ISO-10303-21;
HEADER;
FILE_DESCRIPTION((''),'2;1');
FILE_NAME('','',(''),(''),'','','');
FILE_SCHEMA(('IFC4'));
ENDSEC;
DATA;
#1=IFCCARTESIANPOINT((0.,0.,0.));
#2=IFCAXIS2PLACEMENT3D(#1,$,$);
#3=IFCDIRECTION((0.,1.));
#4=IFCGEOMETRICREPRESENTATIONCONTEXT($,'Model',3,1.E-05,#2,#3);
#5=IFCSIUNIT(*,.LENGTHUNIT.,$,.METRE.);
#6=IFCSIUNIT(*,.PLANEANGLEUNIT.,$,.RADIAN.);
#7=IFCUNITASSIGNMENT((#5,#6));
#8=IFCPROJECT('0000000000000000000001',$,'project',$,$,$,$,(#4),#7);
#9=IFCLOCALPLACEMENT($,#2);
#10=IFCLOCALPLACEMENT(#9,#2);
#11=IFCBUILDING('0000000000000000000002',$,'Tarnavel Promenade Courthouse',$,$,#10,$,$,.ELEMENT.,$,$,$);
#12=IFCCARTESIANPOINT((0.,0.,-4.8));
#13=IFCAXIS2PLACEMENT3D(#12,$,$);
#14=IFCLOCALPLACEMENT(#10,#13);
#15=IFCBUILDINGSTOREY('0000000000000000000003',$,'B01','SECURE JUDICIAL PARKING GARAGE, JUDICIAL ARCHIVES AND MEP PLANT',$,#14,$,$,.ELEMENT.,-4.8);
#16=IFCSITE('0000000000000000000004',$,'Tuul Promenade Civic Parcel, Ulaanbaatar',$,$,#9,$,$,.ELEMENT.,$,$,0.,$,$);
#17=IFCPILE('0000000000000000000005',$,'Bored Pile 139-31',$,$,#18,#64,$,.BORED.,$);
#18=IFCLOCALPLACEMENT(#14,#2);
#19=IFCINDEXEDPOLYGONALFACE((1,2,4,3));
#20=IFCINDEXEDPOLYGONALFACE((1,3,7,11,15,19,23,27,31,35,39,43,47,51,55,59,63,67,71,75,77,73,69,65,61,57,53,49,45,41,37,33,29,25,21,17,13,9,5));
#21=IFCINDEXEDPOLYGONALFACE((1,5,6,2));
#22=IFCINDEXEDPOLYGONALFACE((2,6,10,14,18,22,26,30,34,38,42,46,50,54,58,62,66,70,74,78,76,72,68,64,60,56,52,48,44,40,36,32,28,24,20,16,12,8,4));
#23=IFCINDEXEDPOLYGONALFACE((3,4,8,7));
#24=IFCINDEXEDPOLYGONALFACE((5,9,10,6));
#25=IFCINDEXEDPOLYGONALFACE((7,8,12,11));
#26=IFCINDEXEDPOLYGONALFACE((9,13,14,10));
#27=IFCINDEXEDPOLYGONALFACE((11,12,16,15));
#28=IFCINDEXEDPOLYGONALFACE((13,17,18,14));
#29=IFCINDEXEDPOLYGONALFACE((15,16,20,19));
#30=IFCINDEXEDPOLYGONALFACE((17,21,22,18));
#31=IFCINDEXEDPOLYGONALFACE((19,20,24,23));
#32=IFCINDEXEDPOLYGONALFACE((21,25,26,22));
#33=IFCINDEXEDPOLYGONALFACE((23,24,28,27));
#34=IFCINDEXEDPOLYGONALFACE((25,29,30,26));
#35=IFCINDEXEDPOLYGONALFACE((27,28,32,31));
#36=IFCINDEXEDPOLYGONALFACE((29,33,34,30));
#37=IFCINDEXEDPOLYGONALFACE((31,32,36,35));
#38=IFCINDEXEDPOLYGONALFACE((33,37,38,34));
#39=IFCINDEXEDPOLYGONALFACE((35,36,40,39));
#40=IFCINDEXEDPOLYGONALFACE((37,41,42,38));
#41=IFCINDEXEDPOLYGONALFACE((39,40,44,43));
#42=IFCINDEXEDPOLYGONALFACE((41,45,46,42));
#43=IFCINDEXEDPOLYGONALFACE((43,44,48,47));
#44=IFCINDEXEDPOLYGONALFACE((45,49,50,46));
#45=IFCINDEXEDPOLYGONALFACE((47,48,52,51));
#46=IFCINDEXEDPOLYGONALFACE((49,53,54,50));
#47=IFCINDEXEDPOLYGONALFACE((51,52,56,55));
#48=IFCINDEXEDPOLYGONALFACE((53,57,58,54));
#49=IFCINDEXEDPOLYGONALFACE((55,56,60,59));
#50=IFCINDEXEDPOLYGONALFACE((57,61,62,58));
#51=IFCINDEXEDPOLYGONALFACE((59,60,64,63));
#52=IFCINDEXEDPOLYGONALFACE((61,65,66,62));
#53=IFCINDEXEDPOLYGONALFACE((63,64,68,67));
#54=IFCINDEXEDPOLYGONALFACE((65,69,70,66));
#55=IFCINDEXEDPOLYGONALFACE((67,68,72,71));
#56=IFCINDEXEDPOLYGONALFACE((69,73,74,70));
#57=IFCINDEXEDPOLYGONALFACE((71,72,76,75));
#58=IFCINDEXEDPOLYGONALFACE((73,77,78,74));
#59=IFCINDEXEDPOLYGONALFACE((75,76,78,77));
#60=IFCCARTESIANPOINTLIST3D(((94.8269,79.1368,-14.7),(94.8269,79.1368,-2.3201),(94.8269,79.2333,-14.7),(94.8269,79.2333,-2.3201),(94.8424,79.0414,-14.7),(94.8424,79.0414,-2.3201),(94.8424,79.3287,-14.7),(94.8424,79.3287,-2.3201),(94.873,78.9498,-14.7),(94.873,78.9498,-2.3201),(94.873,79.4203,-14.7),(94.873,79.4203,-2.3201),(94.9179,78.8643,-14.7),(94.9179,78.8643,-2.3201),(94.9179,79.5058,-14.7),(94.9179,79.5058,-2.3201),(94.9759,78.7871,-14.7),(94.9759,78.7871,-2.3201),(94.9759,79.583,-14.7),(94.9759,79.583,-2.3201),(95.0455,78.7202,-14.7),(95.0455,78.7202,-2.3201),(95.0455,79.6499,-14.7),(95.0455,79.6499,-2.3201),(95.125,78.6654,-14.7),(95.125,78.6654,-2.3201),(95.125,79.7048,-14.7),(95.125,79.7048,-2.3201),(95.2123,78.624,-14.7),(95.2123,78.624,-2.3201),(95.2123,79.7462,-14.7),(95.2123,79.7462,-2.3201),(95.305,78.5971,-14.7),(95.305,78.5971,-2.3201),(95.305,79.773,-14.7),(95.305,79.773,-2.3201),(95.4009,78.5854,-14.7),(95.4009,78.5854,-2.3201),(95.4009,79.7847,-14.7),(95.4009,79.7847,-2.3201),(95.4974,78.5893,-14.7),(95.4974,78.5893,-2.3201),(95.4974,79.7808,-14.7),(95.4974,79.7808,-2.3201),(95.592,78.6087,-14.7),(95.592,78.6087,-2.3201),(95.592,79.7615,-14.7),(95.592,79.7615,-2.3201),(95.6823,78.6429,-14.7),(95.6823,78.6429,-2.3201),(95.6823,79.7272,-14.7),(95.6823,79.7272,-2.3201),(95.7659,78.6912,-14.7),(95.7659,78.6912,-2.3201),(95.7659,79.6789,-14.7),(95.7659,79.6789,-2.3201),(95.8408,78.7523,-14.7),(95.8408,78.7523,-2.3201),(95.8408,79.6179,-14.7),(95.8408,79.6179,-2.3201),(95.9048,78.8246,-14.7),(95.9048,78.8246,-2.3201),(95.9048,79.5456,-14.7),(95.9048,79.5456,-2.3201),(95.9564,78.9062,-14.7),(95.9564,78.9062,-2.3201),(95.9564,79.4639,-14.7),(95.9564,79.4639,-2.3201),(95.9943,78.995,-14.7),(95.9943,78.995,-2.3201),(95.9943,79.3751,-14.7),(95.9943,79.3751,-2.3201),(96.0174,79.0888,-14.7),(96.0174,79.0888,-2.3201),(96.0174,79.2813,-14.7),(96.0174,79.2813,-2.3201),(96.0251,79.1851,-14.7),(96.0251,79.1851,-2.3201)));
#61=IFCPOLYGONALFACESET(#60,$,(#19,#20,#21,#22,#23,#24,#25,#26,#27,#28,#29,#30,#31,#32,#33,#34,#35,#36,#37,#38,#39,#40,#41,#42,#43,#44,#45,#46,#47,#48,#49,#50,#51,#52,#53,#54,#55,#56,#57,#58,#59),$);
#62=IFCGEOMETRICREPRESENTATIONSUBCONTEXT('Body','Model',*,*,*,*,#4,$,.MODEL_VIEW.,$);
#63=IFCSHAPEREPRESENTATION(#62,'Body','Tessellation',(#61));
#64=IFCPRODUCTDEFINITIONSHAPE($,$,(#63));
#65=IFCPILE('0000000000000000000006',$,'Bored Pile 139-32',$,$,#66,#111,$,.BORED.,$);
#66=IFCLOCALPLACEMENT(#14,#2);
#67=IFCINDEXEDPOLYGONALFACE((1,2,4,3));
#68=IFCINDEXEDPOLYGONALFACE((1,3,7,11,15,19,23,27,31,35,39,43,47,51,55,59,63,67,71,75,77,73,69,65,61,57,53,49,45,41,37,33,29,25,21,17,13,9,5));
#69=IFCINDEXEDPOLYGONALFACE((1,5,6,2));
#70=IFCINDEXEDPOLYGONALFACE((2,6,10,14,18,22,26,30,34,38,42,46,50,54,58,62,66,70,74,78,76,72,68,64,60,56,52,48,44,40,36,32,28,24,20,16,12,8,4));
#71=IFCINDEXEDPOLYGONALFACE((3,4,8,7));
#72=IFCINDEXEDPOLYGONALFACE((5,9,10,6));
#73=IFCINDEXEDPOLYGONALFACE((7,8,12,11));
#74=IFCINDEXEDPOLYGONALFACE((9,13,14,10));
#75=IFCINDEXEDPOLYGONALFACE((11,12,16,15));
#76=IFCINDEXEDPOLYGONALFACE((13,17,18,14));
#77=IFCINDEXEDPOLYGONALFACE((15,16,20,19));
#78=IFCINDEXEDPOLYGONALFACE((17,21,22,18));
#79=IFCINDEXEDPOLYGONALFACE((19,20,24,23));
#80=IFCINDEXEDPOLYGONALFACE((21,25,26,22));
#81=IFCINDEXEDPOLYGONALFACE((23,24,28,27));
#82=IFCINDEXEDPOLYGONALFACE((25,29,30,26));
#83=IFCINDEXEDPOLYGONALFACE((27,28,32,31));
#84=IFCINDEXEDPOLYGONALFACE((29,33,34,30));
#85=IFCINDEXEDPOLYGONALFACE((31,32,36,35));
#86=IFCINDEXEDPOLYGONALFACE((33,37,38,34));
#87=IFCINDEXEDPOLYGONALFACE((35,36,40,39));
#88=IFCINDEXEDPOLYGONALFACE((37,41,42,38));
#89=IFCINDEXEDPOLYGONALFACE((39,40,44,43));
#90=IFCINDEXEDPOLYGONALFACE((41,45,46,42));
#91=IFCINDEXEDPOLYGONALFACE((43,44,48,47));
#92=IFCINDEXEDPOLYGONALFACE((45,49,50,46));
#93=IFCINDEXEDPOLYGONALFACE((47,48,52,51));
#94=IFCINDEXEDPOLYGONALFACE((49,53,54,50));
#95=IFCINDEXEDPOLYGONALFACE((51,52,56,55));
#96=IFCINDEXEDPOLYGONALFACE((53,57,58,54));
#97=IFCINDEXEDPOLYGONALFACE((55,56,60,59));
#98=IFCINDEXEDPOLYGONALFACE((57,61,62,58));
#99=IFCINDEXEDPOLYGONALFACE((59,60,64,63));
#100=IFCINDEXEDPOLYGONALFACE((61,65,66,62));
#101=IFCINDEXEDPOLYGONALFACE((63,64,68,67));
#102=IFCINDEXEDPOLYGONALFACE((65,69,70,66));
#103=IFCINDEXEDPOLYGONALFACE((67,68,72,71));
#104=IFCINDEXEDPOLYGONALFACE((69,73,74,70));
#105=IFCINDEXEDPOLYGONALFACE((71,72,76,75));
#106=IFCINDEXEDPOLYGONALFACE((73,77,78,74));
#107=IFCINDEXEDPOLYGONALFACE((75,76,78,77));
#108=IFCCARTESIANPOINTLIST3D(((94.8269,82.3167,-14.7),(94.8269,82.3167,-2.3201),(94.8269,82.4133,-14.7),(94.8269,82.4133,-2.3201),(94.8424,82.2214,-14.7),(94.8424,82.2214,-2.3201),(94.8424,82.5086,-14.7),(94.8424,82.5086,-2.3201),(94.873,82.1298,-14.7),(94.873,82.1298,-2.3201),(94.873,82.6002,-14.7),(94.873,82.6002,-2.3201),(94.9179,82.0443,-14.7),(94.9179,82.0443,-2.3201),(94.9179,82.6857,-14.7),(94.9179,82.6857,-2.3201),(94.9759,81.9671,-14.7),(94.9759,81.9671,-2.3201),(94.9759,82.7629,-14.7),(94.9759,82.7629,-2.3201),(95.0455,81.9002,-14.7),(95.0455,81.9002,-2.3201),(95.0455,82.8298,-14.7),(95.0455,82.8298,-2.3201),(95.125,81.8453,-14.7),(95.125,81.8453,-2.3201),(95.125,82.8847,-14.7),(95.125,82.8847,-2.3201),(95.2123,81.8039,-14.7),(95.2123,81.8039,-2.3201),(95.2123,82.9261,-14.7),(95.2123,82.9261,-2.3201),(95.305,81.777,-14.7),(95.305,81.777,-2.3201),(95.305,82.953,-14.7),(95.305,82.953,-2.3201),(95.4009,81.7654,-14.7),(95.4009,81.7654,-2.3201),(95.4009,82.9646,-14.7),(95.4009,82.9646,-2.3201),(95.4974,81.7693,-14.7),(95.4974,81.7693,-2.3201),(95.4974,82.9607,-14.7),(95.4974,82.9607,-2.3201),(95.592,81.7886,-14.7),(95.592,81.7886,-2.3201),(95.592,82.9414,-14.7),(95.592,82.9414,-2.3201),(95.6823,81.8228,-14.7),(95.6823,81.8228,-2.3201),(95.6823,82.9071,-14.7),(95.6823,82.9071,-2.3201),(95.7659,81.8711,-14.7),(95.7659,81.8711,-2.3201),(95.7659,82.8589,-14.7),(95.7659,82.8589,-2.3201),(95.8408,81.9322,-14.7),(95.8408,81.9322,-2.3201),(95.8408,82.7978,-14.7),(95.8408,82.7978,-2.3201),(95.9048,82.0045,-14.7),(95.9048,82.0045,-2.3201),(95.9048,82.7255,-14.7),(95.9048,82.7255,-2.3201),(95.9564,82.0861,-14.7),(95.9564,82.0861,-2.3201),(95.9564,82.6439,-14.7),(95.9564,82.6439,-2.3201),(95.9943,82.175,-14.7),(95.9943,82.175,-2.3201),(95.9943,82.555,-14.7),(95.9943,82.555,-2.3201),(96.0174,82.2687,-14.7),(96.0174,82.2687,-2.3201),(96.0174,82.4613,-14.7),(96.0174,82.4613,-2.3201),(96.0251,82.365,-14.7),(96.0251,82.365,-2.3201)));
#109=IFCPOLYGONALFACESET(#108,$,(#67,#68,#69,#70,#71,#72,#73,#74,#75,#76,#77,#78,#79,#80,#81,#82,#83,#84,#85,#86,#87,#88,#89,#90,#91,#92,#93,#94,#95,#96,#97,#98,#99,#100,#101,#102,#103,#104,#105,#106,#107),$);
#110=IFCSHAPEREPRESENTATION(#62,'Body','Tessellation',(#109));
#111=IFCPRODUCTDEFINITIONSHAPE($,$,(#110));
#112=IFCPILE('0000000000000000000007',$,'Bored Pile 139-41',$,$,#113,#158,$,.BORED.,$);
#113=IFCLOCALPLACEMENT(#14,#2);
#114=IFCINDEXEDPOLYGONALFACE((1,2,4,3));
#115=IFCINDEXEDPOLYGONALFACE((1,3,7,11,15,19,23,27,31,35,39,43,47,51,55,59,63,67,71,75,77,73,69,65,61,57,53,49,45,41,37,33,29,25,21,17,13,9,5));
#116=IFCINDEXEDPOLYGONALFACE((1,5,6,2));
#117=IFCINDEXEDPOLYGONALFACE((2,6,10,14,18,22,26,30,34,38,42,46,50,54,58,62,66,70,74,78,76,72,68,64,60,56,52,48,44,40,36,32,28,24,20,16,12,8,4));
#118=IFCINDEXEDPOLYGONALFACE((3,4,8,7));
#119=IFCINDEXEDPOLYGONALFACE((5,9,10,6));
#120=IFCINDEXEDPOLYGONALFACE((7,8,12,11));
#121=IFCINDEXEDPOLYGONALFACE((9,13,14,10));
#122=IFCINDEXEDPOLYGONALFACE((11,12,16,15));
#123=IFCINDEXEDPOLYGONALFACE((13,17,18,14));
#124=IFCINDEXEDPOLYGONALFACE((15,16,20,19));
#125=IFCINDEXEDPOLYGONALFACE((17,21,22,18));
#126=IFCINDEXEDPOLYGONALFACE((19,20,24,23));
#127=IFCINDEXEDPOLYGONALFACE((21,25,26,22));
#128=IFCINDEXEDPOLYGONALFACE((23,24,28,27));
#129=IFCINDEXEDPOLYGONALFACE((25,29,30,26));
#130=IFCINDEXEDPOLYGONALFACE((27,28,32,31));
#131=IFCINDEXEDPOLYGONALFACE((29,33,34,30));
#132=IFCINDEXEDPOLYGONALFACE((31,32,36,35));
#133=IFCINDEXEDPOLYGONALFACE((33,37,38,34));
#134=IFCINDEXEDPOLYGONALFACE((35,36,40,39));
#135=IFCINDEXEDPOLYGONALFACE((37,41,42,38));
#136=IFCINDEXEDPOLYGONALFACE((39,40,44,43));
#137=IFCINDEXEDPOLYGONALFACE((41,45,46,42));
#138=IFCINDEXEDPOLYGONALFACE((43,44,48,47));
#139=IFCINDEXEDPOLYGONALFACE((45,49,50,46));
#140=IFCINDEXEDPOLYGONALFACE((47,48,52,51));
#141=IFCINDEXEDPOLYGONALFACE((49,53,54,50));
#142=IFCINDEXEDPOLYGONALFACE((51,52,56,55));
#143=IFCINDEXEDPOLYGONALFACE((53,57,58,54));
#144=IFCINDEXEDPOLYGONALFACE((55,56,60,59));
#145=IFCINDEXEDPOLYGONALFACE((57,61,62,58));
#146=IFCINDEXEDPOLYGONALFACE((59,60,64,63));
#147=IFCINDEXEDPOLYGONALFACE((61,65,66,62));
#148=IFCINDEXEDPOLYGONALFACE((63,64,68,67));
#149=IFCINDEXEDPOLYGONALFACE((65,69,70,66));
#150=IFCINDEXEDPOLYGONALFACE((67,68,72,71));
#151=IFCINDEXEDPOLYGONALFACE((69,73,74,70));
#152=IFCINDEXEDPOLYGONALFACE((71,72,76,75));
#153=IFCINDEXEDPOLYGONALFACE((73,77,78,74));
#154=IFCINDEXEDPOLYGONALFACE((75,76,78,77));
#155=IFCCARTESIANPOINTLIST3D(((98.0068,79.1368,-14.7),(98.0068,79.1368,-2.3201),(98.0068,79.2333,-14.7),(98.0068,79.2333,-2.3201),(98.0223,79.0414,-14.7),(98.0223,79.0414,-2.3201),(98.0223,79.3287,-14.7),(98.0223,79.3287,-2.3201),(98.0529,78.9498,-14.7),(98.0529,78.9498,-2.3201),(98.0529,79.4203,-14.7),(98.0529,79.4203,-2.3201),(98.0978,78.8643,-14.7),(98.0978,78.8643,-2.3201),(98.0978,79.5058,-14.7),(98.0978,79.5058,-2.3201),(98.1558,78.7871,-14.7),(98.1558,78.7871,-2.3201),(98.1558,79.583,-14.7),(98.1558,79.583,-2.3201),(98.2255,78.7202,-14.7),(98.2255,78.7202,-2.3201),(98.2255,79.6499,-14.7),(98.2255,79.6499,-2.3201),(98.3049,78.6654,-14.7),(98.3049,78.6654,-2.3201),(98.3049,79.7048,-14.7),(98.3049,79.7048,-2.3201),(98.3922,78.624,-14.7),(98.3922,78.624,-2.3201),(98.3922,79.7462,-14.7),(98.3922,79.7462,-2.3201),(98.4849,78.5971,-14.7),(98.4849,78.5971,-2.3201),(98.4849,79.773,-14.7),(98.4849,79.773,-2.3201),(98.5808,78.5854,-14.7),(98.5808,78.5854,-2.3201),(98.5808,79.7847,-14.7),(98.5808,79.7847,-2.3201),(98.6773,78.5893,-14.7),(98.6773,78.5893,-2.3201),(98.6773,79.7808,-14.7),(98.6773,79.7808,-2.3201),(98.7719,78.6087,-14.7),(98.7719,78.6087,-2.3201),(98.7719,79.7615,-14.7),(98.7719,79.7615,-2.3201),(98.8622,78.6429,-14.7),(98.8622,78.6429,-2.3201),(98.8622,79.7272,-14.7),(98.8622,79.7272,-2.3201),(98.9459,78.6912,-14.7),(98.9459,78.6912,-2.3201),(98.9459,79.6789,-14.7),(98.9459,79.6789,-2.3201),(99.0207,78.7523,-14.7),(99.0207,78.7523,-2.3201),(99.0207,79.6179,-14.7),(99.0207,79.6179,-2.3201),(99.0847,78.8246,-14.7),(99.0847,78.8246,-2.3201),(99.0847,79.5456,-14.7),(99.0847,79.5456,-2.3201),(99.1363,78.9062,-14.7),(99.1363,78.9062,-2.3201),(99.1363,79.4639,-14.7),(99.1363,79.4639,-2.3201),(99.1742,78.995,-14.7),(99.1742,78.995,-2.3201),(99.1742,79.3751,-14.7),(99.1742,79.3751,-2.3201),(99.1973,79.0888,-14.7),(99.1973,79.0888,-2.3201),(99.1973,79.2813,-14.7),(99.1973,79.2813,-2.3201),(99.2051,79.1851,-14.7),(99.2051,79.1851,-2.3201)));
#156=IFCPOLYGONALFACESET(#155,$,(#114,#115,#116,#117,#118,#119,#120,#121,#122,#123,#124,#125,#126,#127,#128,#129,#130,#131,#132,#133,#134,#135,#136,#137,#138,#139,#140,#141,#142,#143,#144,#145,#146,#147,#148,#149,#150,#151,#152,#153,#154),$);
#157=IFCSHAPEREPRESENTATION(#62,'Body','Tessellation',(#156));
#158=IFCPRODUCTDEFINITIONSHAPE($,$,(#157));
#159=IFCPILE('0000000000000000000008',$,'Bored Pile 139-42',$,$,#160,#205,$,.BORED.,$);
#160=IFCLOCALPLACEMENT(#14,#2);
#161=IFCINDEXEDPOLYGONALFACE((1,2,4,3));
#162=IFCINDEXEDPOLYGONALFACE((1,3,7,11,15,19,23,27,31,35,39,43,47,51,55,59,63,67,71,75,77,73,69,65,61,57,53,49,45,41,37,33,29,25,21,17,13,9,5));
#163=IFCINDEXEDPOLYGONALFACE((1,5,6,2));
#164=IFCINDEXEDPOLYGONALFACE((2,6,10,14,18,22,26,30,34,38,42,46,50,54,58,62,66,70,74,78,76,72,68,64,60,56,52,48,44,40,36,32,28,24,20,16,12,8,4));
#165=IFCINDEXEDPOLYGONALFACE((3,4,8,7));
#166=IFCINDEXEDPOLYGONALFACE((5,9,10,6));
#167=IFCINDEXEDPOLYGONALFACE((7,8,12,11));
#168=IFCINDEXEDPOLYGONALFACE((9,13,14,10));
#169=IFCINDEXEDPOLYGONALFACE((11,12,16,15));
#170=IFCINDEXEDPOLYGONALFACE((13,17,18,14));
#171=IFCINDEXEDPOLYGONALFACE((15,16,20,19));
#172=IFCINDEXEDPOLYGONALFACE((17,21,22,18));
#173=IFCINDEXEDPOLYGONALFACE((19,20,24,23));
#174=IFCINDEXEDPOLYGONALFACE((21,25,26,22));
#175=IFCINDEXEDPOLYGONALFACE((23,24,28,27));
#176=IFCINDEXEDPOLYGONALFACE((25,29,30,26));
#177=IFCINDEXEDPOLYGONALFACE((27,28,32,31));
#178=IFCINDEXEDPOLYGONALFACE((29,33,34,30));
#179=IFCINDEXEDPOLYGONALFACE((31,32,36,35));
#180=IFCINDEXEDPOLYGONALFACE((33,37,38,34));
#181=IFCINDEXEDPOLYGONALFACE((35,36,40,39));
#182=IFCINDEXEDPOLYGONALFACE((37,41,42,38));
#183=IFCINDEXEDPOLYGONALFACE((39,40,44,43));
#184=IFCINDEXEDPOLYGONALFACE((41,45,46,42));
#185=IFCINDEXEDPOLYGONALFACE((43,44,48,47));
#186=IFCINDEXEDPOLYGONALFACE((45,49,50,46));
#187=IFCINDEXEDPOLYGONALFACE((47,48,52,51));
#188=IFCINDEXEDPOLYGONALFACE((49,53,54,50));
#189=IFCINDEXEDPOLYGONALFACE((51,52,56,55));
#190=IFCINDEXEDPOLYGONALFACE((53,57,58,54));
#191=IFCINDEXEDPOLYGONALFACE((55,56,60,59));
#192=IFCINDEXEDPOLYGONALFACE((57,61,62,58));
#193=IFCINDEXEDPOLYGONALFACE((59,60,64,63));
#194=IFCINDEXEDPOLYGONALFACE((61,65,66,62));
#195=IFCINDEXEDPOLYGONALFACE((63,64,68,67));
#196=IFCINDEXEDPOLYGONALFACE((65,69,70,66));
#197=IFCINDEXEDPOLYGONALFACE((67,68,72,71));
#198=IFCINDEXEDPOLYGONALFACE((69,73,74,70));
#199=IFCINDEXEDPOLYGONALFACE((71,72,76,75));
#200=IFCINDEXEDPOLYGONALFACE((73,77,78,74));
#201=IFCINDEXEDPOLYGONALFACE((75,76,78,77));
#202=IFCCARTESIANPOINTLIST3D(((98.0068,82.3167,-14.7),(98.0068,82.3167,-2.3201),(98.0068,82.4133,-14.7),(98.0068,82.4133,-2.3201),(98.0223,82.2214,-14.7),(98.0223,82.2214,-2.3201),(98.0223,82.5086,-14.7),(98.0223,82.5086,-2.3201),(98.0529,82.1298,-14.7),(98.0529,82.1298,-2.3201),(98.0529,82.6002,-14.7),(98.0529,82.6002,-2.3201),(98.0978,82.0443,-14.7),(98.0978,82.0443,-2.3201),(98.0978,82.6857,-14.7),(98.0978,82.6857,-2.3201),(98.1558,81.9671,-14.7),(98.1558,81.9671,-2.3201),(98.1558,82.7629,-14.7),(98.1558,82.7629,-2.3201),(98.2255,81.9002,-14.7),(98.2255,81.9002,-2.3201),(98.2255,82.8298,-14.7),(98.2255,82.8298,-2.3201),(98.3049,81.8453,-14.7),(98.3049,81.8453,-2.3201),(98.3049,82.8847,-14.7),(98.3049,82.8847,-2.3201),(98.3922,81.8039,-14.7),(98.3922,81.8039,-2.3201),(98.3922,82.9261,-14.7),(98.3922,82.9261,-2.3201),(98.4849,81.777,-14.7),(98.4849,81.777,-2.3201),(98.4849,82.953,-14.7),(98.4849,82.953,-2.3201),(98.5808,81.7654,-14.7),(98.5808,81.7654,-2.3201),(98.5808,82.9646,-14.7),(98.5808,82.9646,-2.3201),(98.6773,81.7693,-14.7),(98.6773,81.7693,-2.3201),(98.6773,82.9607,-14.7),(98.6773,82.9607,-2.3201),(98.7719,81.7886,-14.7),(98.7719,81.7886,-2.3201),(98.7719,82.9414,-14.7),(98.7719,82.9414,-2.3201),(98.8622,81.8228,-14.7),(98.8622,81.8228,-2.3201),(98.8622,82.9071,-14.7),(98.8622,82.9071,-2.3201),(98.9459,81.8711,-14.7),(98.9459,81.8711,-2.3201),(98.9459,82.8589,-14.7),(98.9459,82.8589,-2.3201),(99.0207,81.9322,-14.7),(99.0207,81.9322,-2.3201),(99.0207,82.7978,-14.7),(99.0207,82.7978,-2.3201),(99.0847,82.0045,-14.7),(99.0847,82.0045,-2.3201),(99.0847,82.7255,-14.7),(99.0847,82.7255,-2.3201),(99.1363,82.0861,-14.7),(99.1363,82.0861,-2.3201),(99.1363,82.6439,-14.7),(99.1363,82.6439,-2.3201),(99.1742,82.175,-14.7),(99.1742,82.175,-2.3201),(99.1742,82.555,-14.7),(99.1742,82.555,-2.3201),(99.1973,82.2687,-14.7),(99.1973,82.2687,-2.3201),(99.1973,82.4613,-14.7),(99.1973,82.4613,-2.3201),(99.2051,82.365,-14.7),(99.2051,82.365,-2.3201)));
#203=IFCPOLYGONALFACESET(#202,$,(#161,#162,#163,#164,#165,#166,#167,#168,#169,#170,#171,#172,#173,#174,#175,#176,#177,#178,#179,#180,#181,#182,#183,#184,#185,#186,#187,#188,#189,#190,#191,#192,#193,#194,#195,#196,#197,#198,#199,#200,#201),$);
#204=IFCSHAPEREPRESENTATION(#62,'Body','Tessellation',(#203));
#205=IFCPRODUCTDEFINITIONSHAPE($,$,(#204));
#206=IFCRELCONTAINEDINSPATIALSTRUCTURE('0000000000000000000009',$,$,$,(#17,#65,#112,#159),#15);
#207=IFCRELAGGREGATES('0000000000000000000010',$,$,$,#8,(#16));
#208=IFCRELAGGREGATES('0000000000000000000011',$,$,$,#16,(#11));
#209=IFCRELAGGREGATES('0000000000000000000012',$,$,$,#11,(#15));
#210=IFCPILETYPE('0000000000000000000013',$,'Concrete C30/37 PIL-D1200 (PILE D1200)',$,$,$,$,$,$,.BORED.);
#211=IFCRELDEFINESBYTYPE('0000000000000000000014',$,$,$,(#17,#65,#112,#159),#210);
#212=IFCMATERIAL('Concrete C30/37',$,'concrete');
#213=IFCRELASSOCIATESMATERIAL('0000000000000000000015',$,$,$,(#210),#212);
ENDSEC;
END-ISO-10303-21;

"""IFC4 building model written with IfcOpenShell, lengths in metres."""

from ifc_helpers import new_model, si_unit, direction, frame, origin, origin_2d, place, context, subcontext, project, spatial, circle, extrude, material, material_profile, profile_set, type_object, element, save


model = new_model("IFC4")

# Units and contexts
model_context = context("Model", 3, precision=1e-05, world=origin(), true_north=direction((0.0, 1.0)))
body_context = subcontext(model_context, "Body", "Model", "MODEL_VIEW")
ifc_project = project(units=[si_unit("LENGTHUNIT", "METRE"), si_unit("PLANEANGLEUNIT", "RADIAN")], contexts=[model_context])

# Site, building, storey
site_placement = place(None, origin())
site = spatial("IfcSite", under=ifc_project, at=site_placement, Name="Tuul Promenade Civic Parcel, Ulaanbaatar", CompositionType="ELEMENT", RefElevation=0.0)
building_placement = place(site_placement, origin())
building = spatial("IfcBuilding", under=site, at=building_placement, Name="Tarnavel Promenade Courthouse", CompositionType="ELEMENT")
storey_placement = place(building_placement, frame((0.0, 0.0, -4.8)))
storey = spatial("IfcBuildingStorey", under=building, at=storey_placement, Name="B01", Description="SECURE JUDICIAL PARKING GARAGE, JUDICIAL ARCHIVES AND MEP PLANT", CompositionType="ELEMENT", Elevation=-4.8)

# Piles
ifc_material_1 = material(Name="Concrete C30/37", Category="concrete")
ifc_material_profile_1 = material_profile(ifc_material_1, circle(Radius=0.6001, at=origin_2d()), Name="PILE D1200")
ifc_profile_set_1 = profile_set([ifc_material_profile_1], Name="Concrete C30/37")
pile_type = type_object("IfcPileType", Name="Concrete C30/37 PIL-D1200 (PILE D1200)", PredefinedType="BORED", material=ifc_profile_set_1)
for number, where, z_axis, x_axis, name in (
    (1, (95.425, 79.1851, -2.3201), (0.0, 0.0, -1.0), (1.0, 0.0, 0.0), "Bored Pile 139-31"),
    (2, (95.425, 82.365, -2.3201), (0.0, 0.0, -1.0), (1.0, 0.0, 0.0), "Bored Pile 139-32"),
    (3, (98.605, 79.1851, -2.3201), (0.0, 0.0, -1.0), (1.0, 0.0, 0.0), "Bored Pile 139-41"),
    (4, (98.605, 82.365, -2.3201), (0.0, 0.0, -1.0), (1.0, 0.0, 0.0), "Bored Pile 139-42"),
):
    element("IfcPile", number, at=place(storey_placement, frame(where, z_axis=z_axis, x_axis=x_axis)), inside=storey, type_object=pile_type, Name=name, PredefinedType="BORED", context=body_context, shape_type="SweptSolid", body=[
        extrude(circle(Radius=0.6001, at=origin_2d()), origin(), (0.0, 0.0, 1.0), 12.3799),
    ])

save(model, "model.ifc")
